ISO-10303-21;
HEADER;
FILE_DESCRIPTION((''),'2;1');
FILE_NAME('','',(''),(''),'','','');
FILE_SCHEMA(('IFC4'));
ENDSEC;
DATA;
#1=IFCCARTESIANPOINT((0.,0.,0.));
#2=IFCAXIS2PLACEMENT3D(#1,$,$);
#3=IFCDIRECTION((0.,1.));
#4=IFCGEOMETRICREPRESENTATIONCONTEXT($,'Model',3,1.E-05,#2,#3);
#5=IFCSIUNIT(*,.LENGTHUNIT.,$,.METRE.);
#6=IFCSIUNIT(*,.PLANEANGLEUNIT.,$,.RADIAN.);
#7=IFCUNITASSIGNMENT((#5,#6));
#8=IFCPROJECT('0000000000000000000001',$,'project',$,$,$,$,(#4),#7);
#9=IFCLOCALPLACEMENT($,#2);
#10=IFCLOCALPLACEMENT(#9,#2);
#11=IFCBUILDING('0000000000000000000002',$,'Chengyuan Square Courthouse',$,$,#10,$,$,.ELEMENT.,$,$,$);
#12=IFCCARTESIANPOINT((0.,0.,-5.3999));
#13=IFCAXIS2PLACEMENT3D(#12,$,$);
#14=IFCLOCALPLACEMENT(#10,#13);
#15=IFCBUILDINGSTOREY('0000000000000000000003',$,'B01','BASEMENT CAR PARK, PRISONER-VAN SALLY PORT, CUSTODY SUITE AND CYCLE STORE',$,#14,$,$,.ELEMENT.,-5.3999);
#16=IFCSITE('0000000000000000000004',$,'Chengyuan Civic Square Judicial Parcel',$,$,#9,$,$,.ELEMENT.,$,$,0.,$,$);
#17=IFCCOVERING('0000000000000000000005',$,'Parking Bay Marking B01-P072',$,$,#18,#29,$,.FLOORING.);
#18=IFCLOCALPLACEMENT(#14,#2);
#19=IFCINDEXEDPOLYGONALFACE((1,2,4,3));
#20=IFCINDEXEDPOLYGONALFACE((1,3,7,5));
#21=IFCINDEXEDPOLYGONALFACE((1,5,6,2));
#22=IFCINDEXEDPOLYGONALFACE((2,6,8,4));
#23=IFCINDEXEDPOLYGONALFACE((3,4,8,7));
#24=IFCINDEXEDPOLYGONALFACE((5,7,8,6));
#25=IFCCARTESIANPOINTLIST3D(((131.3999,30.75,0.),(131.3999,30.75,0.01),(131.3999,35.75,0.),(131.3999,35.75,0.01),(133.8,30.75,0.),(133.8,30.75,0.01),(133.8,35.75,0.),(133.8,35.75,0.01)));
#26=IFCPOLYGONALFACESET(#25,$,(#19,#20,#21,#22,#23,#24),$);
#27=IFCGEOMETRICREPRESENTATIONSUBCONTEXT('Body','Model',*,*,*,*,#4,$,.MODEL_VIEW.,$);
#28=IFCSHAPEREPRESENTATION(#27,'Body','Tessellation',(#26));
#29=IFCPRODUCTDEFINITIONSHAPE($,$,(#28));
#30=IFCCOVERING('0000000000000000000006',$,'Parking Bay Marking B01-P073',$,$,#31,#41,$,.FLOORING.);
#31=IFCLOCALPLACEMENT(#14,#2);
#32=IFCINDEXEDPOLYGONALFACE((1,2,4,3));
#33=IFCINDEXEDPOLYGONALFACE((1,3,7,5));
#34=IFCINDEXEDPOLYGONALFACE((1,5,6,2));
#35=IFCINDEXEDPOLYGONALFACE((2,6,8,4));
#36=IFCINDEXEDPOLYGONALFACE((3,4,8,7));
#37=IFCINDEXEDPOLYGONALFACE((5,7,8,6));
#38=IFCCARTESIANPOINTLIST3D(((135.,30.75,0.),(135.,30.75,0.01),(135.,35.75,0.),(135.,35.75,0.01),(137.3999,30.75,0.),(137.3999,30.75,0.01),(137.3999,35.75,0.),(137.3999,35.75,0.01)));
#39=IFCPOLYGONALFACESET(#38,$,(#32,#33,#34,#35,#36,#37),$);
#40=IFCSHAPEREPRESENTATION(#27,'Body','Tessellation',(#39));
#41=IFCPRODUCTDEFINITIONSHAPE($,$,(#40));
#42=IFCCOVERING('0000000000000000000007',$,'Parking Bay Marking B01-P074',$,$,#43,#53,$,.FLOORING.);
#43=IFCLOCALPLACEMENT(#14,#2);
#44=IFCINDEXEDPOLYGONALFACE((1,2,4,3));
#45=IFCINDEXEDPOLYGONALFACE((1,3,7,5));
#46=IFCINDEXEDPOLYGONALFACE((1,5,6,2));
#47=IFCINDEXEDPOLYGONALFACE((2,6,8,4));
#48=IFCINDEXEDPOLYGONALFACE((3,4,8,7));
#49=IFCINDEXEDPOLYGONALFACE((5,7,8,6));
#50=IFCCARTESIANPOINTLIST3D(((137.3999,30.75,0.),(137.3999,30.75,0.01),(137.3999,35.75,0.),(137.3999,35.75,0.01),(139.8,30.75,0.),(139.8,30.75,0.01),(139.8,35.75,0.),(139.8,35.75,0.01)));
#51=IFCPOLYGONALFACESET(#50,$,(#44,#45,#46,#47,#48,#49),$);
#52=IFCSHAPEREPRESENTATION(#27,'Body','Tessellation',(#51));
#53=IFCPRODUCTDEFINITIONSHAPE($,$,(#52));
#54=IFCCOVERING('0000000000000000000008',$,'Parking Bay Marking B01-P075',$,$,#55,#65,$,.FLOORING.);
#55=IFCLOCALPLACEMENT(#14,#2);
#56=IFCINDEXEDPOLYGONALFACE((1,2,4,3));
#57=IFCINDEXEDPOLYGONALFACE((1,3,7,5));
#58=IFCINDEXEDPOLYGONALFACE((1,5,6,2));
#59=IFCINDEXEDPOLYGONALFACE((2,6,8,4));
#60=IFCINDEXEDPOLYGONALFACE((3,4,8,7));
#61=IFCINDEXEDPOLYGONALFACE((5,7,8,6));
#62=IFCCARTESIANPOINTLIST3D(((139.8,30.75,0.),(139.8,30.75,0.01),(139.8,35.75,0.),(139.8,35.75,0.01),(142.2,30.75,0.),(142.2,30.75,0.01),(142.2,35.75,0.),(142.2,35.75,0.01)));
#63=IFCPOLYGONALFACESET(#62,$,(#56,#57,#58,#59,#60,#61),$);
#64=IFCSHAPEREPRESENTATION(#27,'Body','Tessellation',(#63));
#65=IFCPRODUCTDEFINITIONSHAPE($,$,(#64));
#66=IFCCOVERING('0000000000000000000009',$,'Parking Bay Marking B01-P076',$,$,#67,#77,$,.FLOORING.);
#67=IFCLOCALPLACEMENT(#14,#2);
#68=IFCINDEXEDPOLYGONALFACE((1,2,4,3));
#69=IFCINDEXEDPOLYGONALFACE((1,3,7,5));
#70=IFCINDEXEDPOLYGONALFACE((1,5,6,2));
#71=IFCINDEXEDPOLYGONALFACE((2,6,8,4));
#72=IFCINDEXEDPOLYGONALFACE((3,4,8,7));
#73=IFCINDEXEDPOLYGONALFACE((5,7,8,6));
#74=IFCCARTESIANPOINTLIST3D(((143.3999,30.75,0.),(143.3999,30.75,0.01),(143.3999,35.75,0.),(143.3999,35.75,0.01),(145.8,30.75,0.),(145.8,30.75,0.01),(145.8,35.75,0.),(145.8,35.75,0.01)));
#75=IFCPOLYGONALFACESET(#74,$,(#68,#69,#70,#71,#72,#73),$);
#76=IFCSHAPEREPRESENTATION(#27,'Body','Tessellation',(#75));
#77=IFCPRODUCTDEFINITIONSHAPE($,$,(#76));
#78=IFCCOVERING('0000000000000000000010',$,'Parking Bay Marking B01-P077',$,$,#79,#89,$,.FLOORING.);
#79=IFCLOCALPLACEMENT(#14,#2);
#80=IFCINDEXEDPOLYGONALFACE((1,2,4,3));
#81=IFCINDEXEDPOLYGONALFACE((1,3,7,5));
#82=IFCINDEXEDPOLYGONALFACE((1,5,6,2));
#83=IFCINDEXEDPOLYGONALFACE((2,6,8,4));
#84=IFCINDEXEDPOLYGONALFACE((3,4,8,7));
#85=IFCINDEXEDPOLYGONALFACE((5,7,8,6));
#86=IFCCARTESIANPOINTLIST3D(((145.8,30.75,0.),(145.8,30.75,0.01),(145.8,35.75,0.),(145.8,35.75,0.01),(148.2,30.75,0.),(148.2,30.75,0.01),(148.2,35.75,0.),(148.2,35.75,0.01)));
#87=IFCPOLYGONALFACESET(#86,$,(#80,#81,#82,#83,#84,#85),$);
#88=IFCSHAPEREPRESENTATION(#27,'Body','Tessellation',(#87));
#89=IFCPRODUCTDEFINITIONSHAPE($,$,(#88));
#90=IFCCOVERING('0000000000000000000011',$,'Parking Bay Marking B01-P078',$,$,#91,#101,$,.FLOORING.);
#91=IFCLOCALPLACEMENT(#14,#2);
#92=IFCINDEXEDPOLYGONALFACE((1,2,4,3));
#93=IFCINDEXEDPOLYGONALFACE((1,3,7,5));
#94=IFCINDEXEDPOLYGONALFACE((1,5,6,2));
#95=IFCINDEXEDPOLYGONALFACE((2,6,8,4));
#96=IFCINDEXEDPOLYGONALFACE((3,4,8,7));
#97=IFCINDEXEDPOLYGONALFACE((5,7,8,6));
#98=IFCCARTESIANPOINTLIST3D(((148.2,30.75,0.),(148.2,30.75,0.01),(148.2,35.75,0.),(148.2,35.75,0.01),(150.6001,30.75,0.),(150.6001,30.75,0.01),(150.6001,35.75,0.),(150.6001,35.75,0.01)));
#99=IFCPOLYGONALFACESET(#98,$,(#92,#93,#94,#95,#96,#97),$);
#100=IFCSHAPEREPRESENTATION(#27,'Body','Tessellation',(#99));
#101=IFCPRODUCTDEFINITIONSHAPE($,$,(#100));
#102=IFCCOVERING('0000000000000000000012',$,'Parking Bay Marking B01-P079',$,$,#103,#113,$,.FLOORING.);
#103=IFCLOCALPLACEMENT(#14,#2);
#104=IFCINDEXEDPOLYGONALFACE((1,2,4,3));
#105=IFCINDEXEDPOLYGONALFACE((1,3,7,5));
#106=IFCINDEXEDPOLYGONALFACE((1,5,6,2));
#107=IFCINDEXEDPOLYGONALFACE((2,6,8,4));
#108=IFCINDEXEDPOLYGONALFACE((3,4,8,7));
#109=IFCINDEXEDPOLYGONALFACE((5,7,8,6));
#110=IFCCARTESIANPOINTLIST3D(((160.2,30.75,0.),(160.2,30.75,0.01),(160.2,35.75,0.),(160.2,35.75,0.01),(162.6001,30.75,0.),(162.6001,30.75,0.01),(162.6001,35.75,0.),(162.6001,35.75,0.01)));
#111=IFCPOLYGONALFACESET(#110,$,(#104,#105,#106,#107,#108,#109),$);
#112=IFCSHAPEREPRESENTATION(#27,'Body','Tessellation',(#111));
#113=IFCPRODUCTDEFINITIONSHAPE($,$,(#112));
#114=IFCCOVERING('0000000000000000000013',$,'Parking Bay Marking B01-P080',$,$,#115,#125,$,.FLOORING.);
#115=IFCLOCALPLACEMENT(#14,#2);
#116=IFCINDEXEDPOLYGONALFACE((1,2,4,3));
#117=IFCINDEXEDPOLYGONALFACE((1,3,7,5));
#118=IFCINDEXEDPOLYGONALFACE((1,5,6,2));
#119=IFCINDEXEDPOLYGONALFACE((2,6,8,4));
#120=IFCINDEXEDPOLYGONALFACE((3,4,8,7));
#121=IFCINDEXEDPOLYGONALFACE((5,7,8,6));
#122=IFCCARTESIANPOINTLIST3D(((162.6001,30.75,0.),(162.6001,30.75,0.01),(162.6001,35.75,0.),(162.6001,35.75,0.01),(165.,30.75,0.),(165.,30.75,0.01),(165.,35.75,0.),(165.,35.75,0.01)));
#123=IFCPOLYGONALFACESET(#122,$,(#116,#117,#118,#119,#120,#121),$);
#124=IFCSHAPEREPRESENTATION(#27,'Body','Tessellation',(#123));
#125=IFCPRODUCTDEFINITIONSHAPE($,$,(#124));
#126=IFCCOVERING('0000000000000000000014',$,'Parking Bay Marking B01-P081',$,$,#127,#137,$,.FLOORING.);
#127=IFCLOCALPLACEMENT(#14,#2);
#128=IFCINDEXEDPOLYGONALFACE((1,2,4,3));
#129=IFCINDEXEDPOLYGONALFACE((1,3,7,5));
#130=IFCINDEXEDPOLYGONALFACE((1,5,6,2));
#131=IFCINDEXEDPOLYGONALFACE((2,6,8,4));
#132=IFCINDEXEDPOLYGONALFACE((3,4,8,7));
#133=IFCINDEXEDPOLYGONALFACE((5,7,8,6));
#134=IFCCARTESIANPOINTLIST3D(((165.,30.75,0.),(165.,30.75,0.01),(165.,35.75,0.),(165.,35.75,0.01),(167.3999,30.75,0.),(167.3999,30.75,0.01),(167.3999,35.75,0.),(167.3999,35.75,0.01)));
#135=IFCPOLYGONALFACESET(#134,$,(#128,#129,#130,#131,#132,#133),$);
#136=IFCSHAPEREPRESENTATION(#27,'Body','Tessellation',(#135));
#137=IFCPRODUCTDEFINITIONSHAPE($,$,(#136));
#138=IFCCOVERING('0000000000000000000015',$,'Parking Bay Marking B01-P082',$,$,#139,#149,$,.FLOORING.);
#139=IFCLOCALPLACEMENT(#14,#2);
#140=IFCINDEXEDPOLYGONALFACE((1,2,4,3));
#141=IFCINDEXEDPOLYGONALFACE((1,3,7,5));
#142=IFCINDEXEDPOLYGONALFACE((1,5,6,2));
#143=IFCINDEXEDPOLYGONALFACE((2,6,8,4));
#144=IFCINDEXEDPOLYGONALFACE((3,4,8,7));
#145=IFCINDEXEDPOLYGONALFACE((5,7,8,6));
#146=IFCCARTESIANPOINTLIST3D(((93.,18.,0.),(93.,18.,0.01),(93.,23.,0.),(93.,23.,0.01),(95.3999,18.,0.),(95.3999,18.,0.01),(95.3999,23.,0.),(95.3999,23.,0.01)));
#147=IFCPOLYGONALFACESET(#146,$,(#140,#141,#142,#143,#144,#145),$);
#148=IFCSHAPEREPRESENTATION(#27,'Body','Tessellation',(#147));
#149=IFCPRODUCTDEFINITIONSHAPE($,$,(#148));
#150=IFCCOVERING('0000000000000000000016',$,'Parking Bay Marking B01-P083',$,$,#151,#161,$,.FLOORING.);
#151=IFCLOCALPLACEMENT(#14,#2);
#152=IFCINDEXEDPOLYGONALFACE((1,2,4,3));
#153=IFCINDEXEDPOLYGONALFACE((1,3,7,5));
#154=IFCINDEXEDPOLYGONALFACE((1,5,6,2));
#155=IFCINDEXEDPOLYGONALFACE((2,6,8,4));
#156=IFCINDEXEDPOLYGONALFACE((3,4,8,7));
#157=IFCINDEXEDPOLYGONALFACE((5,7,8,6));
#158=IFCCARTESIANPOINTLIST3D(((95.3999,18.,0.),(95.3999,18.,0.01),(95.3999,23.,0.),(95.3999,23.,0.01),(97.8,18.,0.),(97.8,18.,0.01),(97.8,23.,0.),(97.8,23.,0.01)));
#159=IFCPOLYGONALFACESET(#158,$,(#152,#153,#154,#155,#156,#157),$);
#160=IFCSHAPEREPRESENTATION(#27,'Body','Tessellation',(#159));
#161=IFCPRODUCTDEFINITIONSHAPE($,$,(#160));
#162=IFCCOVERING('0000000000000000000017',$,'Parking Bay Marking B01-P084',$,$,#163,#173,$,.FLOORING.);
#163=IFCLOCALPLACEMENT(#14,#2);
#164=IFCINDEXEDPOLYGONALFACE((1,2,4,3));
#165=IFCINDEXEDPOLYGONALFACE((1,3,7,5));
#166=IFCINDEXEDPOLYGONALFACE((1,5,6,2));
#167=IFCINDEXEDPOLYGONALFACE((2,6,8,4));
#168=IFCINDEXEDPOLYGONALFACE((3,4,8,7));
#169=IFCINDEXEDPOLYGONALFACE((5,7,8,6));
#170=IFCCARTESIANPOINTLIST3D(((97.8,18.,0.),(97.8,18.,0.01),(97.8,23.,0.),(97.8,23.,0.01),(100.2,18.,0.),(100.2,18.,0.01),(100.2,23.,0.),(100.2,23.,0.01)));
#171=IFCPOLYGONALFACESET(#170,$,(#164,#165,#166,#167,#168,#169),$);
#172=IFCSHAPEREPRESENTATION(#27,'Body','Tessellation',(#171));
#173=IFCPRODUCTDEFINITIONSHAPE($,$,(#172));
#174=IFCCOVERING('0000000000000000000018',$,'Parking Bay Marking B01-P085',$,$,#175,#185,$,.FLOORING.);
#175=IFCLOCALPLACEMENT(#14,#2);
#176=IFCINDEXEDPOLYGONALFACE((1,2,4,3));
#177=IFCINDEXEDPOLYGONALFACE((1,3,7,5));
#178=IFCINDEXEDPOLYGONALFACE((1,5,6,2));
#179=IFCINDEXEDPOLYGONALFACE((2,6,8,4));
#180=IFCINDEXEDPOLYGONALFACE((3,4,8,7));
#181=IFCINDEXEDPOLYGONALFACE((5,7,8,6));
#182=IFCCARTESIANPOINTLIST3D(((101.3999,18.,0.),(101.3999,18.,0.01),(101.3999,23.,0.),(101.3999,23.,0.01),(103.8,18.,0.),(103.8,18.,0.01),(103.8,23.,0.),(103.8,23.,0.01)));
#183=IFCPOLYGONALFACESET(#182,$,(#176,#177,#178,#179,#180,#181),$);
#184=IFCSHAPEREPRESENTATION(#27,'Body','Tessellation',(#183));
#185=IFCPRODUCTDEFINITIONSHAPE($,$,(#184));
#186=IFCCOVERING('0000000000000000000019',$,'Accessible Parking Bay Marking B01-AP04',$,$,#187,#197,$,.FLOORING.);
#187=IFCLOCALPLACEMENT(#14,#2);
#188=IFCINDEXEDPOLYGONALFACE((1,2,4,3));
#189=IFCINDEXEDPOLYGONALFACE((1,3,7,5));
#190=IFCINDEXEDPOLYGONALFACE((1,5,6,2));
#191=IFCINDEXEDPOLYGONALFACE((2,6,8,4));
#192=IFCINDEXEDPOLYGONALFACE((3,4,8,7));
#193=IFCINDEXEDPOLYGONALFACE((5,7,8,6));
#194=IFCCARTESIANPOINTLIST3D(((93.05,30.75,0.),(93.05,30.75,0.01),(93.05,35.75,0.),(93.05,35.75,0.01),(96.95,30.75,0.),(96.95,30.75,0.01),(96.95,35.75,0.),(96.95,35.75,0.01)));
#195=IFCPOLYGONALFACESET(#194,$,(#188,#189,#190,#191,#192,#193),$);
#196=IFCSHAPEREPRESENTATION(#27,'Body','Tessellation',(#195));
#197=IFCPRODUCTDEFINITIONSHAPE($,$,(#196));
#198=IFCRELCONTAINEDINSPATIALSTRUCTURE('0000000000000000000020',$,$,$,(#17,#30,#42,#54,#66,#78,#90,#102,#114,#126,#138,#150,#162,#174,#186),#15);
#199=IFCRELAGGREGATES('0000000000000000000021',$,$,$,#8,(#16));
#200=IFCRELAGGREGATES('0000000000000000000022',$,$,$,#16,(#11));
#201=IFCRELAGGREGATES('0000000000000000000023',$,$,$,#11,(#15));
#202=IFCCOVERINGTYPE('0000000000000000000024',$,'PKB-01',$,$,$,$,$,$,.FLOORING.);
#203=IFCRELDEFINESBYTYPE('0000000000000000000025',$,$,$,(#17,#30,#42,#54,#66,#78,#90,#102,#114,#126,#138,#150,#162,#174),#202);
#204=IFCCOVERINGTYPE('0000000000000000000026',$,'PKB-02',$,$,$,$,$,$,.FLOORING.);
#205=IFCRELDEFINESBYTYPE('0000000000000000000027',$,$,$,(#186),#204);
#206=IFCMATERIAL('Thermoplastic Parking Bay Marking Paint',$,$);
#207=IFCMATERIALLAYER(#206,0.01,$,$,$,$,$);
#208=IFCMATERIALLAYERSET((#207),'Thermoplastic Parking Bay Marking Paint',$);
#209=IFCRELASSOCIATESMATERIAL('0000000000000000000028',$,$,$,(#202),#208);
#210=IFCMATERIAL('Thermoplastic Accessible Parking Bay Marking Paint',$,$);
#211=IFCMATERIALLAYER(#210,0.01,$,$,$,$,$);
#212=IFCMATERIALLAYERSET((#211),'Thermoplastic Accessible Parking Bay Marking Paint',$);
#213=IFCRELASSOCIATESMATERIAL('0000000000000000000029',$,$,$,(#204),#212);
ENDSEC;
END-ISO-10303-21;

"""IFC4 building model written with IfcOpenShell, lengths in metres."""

from ifc_helpers import new_model, si_unit, direction, frame, origin, place, context, subcontext, project, spatial, polyline, outline, extrude, material, layer, layer_set, type_object, element, save


model = new_model("IFC4")

# Units and contexts
model_context = context("Model", 3, precision=1e-05, world=origin(), true_north=direction((0.0, 1.0)))
body_context = subcontext(model_context, "Body", "Model", "MODEL_VIEW")
ifc_project = project(units=[si_unit("LENGTHUNIT", "METRE"), si_unit("PLANEANGLEUNIT", "RADIAN")], contexts=[model_context])

# Site, building, storey
site_placement = place(None, origin())
site = spatial("IfcSite", under=ifc_project, at=site_placement, Name="Chengyuan Civic Square Judicial Parcel", CompositionType="ELEMENT", RefElevation=0.0)
building_placement = place(site_placement, origin())
building = spatial("IfcBuilding", under=site, at=building_placement, Name="Chengyuan Square Courthouse", CompositionType="ELEMENT")
storey_placement = place(building_placement, frame((0.0, 0.0, -5.3999)))
storey = spatial("IfcBuildingStorey", under=building, at=storey_placement, Name="B01", Description="BASEMENT CAR PARK, PRISONER-VAN SALLY PORT, CUSTODY SUITE AND CYCLE STORE", CompositionType="ELEMENT", Elevation=-5.3999)

# Coverings
ifc_material_1 = material(Name="Thermoplastic Parking Bay Marking Paint")
ifc_layer_1 = layer(ifc_material_1, 0.01)
ifc_layer_set_1 = layer_set([ifc_layer_1], Name="Thermoplastic Parking Bay Marking Paint")
covering_type_1 = type_object("IfcCoveringType", Name="PKB-01", PredefinedType="FLOORING", material=ifc_layer_set_1)
covering_1_placement = place(storey_placement, origin())
element("IfcCovering", 1, at=covering_1_placement, inside=storey, type_object=covering_type_1, Name="Parking Bay Marking B01-P072", PredefinedType="FLOORING", context=body_context, shape_type="SweptSolid", body=[
    extrude(outline(polyline([(131.3999, 30.75), (133.8, 30.75), (133.8, 35.75), (131.3999, 35.75), (131.3999, 30.75)])), origin(), (0.0, 0.0, 1.0), 0.01),
])
covering_2_placement = place(storey_placement, origin())
element("IfcCovering", 2, at=covering_2_placement, inside=storey, type_object=covering_type_1, Name="Parking Bay Marking B01-P073", PredefinedType="FLOORING", context=body_context, shape_type="SweptSolid", body=[
    extrude(outline(polyline([(135.0, 30.75), (137.3999, 30.75), (137.3999, 35.75), (135.0, 35.75), (135.0, 30.75)])), origin(), (0.0, 0.0, 1.0), 0.01),
])
covering_3_placement = place(storey_placement, origin())
element("IfcCovering", 3, at=covering_3_placement, inside=storey, type_object=covering_type_1, Name="Parking Bay Marking B01-P074", PredefinedType="FLOORING", context=body_context, shape_type="SweptSolid", body=[
    extrude(outline(polyline([(137.3999, 30.75), (139.8, 30.75), (139.8, 35.75), (137.3999, 35.75), (137.3999, 30.75)])), origin(), (0.0, 0.0, 1.0), 0.01),
])
covering_4_placement = place(storey_placement, origin())
element("IfcCovering", 4, at=covering_4_placement, inside=storey, type_object=covering_type_1, Name="Parking Bay Marking B01-P075", PredefinedType="FLOORING", context=body_context, shape_type="SweptSolid", body=[
    extrude(outline(polyline([(139.8, 30.75), (142.2, 30.75), (142.2, 35.75), (139.8, 35.75), (139.8, 30.75)])), origin(), (0.0, 0.0, 1.0), 0.01),
])
covering_5_placement = place(storey_placement, origin())
element("IfcCovering", 5, at=covering_5_placement, inside=storey, type_object=covering_type_1, Name="Parking Bay Marking B01-P076", PredefinedType="FLOORING", context=body_context, shape_type="SweptSolid", body=[
    extrude(outline(polyline([(143.3999, 30.75), (145.8, 30.75), (145.8, 35.75), (143.3999, 35.75), (143.3999, 30.75)])), origin(), (0.0, 0.0, 1.0), 0.01),
])
covering_6_placement = place(storey_placement, origin())
element("IfcCovering", 6, at=covering_6_placement, inside=storey, type_object=covering_type_1, Name="Parking Bay Marking B01-P077", PredefinedType="FLOORING", context=body_context, shape_type="SweptSolid", body=[
    extrude(outline(polyline([(145.8, 30.75), (148.2, 30.75), (148.2, 35.75), (145.8, 35.75), (145.8, 30.75)])), origin(), (0.0, 0.0, 1.0), 0.01),
])
covering_7_placement = place(storey_placement, origin())
element("IfcCovering", 7, at=covering_7_placement, inside=storey, type_object=covering_type_1, Name="Parking Bay Marking B01-P078", PredefinedType="FLOORING", context=body_context, shape_type="SweptSolid", body=[
    extrude(outline(polyline([(148.2, 30.75), (150.6001, 30.75), (150.6001, 35.75), (148.2, 35.75), (148.2, 30.75)])), origin(), (0.0, 0.0, 1.0), 0.01),
])
covering_8_placement = place(storey_placement, origin())
element("IfcCovering", 8, at=covering_8_placement, inside=storey, type_object=covering_type_1, Name="Parking Bay Marking B01-P079", PredefinedType="FLOORING", context=body_context, shape_type="SweptSolid", body=[
    extrude(outline(polyline([(160.2, 30.75), (162.6001, 30.75), (162.6001, 35.75), (160.2, 35.75), (160.2, 30.75)])), origin(), (0.0, 0.0, 1.0), 0.01),
])
covering_9_placement = place(storey_placement, origin())
element("IfcCovering", 9, at=covering_9_placement, inside=storey, type_object=covering_type_1, Name="Parking Bay Marking B01-P080", PredefinedType="FLOORING", context=body_context, shape_type="SweptSolid", body=[
    extrude(outline(polyline([(162.6001, 30.75), (165.0, 30.75), (165.0, 35.75), (162.6001, 35.75), (162.6001, 30.75)])), origin(), (0.0, 0.0, 1.0), 0.01),
])
covering_10_placement = place(storey_placement, origin())
element("IfcCovering", 10, at=covering_10_placement, inside=storey, type_object=covering_type_1, Name="Parking Bay Marking B01-P081", PredefinedType="FLOORING", context=body_context, shape_type="SweptSolid", body=[
    extrude(outline(polyline([(165.0, 30.75), (167.3999, 30.75), (167.3999, 35.75), (165.0, 35.75), (165.0, 30.75)])), origin(), (0.0, 0.0, 1.0), 0.01),
])
covering_11_placement = place(storey_placement, origin())
element("IfcCovering", 11, at=covering_11_placement, inside=storey, type_object=covering_type_1, Name="Parking Bay Marking B01-P082", PredefinedType="FLOORING", context=body_context, shape_type="SweptSolid", body=[
    extrude(outline(polyline([(93.0, 18.0), (95.3999, 18.0), (95.3999, 23.0), (93.0, 23.0), (93.0, 18.0)])), origin(), (0.0, 0.0, 1.0), 0.01),
])
covering_12_placement = place(storey_placement, origin())
element("IfcCovering", 12, at=covering_12_placement, inside=storey, type_object=covering_type_1, Name="Parking Bay Marking B01-P083", PredefinedType="FLOORING", context=body_context, shape_type="SweptSolid", body=[
    extrude(outline(polyline([(95.3999, 18.0), (97.8, 18.0), (97.8, 23.0), (95.3999, 23.0), (95.3999, 18.0)])), origin(), (0.0, 0.0, 1.0), 0.01),
])
covering_13_placement = place(storey_placement, origin())
element("IfcCovering", 13, at=covering_13_placement, inside=storey, type_object=covering_type_1, Name="Parking Bay Marking B01-P084", PredefinedType="FLOORING", context=body_context, shape_type="SweptSolid", body=[
    extrude(outline(polyline([(97.8, 18.0), (100.2, 18.0), (100.2, 23.0), (97.8, 23.0), (97.8, 18.0)])), origin(), (0.0, 0.0, 1.0), 0.01),
])
covering_14_placement = place(storey_placement, origin())
element("IfcCovering", 14, at=covering_14_placement, inside=storey, type_object=covering_type_1, Name="Parking Bay Marking B01-P085", PredefinedType="FLOORING", context=body_context, shape_type="SweptSolid", body=[
    extrude(outline(polyline([(101.3999, 18.0), (103.8, 18.0), (103.8, 23.0), (101.3999, 23.0), (101.3999, 18.0)])), origin(), (0.0, 0.0, 1.0), 0.01),
])
ifc_material_2 = material(Name="Thermoplastic Accessible Parking Bay Marking Paint")
ifc_layer_2 = layer(ifc_material_2, 0.01)
ifc_layer_set_2 = layer_set([ifc_layer_2], Name="Thermoplastic Accessible Parking Bay Marking Paint")
covering_type_2 = type_object("IfcCoveringType", Name="PKB-02", PredefinedType="FLOORING", material=ifc_layer_set_2)
covering_15_placement = place(storey_placement, origin())
element("IfcCovering", 15, at=covering_15_placement, inside=storey, type_object=covering_type_2, Name="Accessible Parking Bay Marking B01-AP04", PredefinedType="FLOORING", context=body_context, shape_type="SweptSolid", body=[
    extrude(outline(polyline([(93.05, 30.75), (96.95, 30.75), (96.95, 35.75), (93.05, 35.75), (93.05, 30.75)])), origin(), (0.0, 0.0, 1.0), 0.01),
])

save(model, "model.ifc")
